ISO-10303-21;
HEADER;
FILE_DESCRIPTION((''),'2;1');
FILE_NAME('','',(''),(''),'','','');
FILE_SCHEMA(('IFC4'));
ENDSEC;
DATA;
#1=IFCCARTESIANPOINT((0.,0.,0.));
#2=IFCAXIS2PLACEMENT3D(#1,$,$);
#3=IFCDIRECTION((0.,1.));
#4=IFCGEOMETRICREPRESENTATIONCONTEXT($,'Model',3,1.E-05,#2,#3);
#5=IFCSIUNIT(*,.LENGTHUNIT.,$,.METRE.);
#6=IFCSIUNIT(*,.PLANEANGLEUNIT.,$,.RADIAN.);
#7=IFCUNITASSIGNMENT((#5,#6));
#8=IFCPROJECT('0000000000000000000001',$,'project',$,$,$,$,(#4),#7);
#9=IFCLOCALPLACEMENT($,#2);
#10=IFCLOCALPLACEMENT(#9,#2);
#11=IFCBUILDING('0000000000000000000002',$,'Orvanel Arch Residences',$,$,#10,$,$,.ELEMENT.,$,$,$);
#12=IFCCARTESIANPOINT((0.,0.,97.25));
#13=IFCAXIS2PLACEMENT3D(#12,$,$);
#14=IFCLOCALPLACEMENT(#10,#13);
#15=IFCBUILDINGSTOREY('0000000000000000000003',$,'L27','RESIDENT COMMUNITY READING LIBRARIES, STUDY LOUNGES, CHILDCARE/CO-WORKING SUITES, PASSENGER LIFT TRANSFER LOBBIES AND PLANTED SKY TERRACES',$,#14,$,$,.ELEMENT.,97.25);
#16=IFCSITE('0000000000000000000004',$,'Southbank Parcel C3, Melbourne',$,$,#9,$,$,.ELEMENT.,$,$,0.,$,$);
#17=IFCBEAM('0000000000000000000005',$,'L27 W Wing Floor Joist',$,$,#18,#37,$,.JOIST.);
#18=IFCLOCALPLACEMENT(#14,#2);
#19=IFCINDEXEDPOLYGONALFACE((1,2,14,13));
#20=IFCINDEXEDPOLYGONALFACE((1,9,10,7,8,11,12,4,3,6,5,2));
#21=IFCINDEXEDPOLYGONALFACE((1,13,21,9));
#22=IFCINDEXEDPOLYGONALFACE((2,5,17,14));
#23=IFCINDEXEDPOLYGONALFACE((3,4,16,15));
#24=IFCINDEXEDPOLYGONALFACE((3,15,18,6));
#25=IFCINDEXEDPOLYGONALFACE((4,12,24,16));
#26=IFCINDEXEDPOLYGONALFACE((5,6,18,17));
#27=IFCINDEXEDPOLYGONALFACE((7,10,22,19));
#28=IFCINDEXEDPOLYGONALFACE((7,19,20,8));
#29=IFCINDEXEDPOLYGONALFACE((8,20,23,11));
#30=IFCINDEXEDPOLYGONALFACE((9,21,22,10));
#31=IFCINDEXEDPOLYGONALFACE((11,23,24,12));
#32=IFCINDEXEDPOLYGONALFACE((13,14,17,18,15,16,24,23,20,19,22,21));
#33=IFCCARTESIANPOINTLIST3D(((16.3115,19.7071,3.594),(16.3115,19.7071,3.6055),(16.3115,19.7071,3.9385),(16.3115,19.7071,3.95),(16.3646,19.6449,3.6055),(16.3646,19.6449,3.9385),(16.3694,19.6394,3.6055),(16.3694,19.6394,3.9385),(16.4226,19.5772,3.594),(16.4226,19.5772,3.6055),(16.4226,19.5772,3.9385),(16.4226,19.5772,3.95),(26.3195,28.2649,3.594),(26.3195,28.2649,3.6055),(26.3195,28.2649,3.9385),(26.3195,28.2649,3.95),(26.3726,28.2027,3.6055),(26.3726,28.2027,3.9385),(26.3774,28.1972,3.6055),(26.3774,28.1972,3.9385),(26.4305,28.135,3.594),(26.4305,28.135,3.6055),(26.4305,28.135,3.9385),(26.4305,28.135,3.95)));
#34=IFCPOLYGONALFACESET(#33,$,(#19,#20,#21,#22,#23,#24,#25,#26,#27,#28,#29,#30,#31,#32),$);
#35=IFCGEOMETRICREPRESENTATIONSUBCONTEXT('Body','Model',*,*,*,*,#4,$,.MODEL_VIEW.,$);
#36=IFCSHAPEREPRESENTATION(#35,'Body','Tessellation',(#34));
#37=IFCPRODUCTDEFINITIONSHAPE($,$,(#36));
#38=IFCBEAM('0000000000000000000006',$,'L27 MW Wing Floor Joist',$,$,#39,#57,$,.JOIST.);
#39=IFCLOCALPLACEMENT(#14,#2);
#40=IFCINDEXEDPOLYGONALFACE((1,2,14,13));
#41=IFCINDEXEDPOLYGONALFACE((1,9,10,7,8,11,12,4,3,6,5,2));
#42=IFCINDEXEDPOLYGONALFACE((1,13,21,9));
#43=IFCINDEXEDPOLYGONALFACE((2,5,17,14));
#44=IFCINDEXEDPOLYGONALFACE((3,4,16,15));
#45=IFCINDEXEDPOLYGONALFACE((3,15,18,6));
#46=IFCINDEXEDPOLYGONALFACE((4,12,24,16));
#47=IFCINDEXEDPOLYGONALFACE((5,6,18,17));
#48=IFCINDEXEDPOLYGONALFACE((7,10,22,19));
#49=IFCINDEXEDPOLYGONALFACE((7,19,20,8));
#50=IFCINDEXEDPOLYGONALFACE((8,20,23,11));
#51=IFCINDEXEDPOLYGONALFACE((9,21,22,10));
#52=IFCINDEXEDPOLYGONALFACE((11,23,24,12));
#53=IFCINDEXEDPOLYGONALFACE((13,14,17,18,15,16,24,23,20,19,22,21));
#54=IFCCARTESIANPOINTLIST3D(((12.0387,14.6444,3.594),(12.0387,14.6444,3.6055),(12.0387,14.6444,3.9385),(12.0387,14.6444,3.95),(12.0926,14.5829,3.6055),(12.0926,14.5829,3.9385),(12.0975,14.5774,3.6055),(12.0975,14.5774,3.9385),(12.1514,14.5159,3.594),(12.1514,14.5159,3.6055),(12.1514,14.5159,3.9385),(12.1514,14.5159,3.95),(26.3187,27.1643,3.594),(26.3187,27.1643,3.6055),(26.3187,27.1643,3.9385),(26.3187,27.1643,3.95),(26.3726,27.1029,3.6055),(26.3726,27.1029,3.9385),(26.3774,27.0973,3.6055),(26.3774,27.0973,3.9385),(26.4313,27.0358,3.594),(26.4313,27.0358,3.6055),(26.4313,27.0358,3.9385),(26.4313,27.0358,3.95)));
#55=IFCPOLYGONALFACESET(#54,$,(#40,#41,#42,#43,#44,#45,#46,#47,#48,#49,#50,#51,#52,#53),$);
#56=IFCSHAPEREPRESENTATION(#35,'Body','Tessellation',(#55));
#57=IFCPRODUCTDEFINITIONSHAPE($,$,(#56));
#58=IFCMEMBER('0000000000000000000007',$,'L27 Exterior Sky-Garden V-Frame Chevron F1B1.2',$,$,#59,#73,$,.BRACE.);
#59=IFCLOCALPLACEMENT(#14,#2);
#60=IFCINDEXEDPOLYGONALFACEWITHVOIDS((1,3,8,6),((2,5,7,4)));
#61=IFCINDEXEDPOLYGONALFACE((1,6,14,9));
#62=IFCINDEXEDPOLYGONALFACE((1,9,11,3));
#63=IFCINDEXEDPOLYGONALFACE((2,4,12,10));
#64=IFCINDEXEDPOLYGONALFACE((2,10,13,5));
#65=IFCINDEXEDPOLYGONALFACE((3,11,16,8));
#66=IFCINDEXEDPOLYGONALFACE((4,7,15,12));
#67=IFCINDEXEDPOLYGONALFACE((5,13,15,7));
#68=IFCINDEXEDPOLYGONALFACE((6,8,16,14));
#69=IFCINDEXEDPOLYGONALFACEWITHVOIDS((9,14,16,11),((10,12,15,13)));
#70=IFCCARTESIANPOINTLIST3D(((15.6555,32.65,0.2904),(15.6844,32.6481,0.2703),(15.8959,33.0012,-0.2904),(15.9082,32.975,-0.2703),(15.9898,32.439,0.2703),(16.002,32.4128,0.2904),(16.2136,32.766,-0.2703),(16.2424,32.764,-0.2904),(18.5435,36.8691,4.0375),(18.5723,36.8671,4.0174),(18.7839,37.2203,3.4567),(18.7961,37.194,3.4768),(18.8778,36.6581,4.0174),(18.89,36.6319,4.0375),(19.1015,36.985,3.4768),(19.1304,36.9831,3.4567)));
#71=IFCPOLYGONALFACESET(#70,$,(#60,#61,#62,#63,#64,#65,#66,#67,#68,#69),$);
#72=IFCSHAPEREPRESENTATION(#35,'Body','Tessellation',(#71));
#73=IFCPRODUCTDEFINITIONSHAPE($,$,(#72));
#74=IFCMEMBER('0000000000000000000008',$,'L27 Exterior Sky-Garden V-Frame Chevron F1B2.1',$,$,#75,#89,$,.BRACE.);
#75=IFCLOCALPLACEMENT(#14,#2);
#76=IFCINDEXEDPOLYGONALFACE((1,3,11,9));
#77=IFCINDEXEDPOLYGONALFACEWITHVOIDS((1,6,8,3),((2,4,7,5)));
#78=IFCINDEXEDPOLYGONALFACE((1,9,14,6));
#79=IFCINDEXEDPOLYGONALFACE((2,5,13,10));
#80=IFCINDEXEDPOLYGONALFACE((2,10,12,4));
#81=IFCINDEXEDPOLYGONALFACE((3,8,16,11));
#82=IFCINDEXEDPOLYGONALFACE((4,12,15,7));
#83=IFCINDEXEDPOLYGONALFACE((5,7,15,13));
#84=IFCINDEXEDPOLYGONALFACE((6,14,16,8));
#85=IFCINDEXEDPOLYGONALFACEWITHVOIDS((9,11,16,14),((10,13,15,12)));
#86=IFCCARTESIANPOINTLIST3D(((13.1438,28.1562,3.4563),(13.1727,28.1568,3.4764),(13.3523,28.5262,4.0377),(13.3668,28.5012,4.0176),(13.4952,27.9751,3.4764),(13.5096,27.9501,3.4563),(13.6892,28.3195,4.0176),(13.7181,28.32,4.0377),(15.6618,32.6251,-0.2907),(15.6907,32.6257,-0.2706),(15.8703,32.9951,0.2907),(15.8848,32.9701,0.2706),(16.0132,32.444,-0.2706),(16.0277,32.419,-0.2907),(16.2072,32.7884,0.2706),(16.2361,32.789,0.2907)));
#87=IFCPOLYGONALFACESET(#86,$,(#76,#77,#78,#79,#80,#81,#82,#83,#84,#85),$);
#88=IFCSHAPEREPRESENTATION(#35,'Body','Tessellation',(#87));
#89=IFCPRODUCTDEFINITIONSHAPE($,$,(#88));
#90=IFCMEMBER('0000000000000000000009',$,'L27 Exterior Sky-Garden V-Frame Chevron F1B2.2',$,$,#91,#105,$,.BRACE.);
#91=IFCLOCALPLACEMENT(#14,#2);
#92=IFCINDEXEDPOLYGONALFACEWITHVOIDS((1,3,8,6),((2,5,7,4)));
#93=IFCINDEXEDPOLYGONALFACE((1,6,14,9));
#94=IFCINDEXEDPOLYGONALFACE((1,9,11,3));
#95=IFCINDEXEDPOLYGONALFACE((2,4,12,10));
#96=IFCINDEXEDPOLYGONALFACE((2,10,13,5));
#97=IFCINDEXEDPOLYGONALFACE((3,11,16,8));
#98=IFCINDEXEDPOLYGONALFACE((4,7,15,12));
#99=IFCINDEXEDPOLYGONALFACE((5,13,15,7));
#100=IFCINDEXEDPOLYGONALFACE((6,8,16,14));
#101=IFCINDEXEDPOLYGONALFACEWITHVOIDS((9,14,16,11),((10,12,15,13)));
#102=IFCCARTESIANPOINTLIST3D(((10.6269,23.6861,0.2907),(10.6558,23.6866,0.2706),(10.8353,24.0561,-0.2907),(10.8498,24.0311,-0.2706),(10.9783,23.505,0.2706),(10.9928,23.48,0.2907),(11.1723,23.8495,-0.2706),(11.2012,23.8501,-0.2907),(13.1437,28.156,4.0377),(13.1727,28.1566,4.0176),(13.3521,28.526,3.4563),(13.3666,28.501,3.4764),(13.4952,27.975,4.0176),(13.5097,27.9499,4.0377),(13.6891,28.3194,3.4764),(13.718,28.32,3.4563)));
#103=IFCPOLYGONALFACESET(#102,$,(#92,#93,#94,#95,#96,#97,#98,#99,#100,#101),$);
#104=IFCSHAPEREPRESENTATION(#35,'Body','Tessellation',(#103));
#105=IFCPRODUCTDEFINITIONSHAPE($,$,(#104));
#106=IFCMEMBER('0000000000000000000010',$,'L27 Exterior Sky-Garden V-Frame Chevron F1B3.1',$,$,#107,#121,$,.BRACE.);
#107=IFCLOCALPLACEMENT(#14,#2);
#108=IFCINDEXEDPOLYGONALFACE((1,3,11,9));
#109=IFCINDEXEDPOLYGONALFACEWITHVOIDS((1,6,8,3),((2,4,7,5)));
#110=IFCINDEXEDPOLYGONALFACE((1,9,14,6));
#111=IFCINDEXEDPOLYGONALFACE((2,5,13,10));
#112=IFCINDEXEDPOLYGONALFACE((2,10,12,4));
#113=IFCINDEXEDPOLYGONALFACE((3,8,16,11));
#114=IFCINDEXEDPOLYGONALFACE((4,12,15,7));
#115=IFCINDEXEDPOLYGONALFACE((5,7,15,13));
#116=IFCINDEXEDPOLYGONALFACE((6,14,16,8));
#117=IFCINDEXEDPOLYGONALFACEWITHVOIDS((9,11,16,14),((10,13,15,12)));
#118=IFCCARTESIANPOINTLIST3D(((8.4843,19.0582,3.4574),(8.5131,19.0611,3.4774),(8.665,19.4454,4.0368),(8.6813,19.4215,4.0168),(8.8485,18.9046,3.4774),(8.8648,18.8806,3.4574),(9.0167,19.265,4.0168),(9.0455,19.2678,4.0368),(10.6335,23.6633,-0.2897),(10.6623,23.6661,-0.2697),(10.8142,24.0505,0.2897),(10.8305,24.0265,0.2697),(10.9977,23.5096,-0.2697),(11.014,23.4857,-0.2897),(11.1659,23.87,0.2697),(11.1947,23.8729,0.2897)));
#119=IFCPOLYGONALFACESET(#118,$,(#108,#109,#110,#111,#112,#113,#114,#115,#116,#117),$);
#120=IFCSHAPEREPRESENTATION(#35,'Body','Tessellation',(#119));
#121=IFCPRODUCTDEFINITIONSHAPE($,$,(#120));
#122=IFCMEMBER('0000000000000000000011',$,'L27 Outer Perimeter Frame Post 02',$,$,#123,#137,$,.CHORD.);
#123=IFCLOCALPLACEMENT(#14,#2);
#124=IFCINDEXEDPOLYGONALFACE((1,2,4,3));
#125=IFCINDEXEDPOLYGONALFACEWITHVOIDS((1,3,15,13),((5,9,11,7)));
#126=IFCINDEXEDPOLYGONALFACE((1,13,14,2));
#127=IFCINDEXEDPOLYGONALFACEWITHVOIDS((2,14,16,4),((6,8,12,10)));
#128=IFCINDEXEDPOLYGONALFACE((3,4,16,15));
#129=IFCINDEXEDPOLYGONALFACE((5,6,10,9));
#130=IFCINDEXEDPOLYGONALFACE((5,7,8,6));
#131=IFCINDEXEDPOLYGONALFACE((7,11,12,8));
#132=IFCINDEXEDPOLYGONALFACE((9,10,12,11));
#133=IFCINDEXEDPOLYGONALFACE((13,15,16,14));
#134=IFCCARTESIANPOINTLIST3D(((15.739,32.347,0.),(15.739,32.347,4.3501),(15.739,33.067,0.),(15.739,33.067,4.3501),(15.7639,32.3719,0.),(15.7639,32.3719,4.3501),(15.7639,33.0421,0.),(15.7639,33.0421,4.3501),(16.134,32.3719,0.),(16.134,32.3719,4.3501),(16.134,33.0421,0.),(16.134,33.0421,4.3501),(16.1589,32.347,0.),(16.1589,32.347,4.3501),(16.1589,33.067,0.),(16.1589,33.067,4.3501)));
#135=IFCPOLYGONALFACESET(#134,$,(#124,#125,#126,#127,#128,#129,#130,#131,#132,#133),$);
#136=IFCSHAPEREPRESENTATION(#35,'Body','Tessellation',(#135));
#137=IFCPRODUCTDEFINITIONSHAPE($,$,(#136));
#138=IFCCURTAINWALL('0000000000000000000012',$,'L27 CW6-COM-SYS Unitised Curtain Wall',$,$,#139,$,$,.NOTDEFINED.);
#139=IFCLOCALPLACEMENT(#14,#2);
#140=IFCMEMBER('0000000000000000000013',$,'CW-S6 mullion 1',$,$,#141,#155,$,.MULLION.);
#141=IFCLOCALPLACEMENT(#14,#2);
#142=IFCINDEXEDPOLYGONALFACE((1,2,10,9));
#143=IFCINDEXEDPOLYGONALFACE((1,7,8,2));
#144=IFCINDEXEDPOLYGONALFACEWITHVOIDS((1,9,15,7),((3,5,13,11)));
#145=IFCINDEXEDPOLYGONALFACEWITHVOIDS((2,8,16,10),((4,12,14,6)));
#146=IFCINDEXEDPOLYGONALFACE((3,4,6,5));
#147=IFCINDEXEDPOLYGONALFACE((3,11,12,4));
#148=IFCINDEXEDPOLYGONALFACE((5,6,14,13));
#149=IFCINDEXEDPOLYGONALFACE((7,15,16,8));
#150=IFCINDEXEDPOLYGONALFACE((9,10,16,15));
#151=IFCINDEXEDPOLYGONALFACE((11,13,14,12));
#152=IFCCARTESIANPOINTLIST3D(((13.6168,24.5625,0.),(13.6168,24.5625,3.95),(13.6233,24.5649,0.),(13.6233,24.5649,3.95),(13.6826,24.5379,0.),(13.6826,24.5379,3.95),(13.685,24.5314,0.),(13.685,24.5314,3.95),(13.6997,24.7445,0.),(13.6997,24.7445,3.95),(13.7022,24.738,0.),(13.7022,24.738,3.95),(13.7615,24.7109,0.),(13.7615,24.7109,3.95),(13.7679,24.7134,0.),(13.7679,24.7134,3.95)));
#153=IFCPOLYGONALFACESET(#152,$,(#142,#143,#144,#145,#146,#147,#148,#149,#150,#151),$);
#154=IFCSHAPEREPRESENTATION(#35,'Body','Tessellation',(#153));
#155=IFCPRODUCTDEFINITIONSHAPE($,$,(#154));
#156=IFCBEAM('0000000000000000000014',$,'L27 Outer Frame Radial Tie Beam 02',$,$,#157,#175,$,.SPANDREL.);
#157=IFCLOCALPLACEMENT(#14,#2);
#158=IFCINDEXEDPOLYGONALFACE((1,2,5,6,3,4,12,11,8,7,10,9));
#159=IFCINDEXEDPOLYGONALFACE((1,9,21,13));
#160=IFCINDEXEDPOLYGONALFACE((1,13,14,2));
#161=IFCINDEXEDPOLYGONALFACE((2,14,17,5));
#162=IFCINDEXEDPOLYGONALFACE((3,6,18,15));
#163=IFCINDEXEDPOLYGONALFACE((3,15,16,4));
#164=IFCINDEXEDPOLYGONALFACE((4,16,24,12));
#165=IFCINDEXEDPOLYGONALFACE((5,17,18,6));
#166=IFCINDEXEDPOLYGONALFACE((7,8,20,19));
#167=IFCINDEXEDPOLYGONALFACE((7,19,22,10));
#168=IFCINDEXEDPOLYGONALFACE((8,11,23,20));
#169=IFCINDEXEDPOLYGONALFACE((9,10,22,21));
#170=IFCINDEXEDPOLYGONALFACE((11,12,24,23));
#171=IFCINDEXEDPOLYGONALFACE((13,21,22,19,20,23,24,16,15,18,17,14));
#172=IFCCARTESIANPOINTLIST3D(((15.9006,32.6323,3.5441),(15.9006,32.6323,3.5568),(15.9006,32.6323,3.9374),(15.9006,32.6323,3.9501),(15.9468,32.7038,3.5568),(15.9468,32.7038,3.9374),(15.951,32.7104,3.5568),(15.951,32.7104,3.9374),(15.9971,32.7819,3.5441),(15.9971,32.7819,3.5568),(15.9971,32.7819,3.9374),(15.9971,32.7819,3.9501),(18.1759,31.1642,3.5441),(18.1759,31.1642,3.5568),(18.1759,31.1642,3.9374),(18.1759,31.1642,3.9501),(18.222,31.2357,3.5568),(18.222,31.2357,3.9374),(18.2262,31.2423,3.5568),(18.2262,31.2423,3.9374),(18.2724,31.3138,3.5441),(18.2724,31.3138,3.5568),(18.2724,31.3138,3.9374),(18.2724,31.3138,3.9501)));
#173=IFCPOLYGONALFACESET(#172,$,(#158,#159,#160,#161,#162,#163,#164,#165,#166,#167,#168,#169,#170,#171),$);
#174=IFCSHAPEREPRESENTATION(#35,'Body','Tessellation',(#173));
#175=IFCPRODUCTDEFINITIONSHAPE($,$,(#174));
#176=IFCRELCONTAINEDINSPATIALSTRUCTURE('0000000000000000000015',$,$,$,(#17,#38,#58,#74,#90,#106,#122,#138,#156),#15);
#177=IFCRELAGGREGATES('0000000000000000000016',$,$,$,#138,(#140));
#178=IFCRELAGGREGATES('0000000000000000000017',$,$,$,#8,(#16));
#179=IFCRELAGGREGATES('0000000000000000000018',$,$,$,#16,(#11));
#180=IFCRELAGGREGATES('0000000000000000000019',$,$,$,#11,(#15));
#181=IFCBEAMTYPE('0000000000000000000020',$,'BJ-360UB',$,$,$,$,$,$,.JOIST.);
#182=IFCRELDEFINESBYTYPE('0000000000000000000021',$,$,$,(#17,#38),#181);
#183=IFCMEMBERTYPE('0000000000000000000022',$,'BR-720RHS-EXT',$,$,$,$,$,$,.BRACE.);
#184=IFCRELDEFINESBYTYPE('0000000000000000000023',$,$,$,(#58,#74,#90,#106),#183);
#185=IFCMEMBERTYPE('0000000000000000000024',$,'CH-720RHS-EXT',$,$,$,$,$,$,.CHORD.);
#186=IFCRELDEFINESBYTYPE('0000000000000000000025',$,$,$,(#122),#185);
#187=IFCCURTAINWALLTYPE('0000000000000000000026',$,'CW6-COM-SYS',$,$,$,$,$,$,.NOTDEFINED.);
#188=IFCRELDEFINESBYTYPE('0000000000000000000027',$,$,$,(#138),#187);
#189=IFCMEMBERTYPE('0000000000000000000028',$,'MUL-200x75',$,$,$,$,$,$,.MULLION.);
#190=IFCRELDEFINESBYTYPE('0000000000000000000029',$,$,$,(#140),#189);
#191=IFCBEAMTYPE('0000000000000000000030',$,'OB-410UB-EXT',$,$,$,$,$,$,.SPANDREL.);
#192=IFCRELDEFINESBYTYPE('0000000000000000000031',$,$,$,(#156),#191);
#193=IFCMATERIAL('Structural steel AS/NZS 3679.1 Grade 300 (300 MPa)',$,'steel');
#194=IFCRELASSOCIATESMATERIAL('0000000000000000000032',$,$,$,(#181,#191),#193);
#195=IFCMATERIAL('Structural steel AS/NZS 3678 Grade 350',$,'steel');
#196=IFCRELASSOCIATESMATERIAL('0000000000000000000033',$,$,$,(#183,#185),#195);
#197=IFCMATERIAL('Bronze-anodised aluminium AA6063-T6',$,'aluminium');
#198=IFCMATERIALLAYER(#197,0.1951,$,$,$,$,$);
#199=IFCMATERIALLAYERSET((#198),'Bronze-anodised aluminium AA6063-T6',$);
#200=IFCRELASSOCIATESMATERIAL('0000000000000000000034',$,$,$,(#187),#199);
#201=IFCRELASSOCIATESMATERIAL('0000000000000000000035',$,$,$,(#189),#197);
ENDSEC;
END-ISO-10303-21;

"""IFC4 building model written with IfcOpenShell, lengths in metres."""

from ifc_helpers import new_model, si_unit, direction, frame, origin, origin_2d, place, context, subcontext, project, spatial, hollow_rectangle, i_section, extrude, material, layer, layer_set, material_profile, profile_set, type_object, element, aggregate, save


model = new_model("IFC4")

# Units and contexts
model_context = context("Model", 3, precision=1e-05, world=origin(), true_north=direction((0.0, 1.0)))
body_context = subcontext(model_context, "Body", "Model", "MODEL_VIEW")
ifc_project = project(units=[si_unit("LENGTHUNIT", "METRE"), si_unit("PLANEANGLEUNIT", "RADIAN")], contexts=[model_context])

# Site, building, storey
site_placement = place(None, origin())
site = spatial("IfcSite", under=ifc_project, at=site_placement, Name="Southbank Parcel C3, Melbourne", CompositionType="ELEMENT", RefElevation=0.0)
building_placement = place(site_placement, origin())
building = spatial("IfcBuilding", under=site, at=building_placement, Name="Orvanel Arch Residences", CompositionType="ELEMENT")
storey_placement = place(building_placement, frame((0.0, 0.0, 97.25)))
storey = spatial("IfcBuildingStorey", under=building, at=storey_placement, Name="L27", Description="RESIDENT COMMUNITY READING LIBRARIES, STUDY LOUNGES, CHILDCARE/CO-WORKING SUITES, PASSENGER LIFT TRANSFER LOBBIES AND PLANTED SKY TERRACES", CompositionType="ELEMENT", Elevation=97.25)

# Beams
ifc_material_1 = material(Name="Structural steel AS/NZS 3679.1 Grade 300 (300 MPa)", Category="steel")
ifc_material_profile_1 = material_profile(ifc_material_1, i_section(OverallWidth=0.1709, OverallDepth=0.356, WebThickness=0.0073, FlangeThickness=0.0115, at=origin_2d()), Name="360UB50.7")
ifc_profile_set_1 = profile_set([ifc_material_profile_1], Name="Structural steel AS/NZS 3679.1 Grade 300 (300 MPa)")
beam_type_1 = type_object("IfcBeamType", Name="BJ-360UB", PredefinedType="JOIST", material=ifc_profile_set_1)
beam_1_placement = place(storey_placement, frame((26.375, 28.2, 3.772), z_axis=(-0.760024, -0.649895, 0.0), x_axis=(0.649895, -0.760024, 0.0)))
element("IfcBeam", 1, at=beam_1_placement, inside=storey, type_object=beam_type_1, Name="L27 W Wing Floor Joist", PredefinedType="JOIST", context=body_context, shape_type="SweptSolid", body=[
    extrude(i_section(OverallWidth=0.1709, OverallDepth=0.356, WebThickness=0.0073, FlangeThickness=0.0115, at=origin_2d()), origin(), (0.0, 0.0, 1.0), 13.168),
])
beam_2_placement = place(storey_placement, frame((26.375, 27.1001, 3.772), z_axis=(-0.751924, -0.65925, 0.0), x_axis=(0.65925, -0.751924, 0.0)))
element("IfcBeam", 2, at=beam_2_placement, inside=storey, type_object=beam_type_1, Name="L27 MW Wing Floor Joist", PredefinedType="JOIST", context=body_context, shape_type="SweptSolid", body=[
    extrude(i_section(OverallWidth=0.1709, OverallDepth=0.356, WebThickness=0.0073, FlangeThickness=0.0115, at=origin_2d()), origin(), (0.0, 0.0, 1.0), 18.9912),
])

# Members
ifc_material_2 = material(Name="Structural steel AS/NZS 3678 Grade 350", Category="steel")
ifc_material_profile_2 = material_profile(ifc_material_2, hollow_rectangle(XDim=0.4199, YDim=0.72, WallThickness=0.0249, at=origin_2d()), Name="RHS720x420x25")
ifc_profile_set_2 = profile_set([ifc_material_profile_2], Name="Structural steel AS/NZS 3678 Grade 350")
member_type_1 = type_object("IfcMemberType", Name="BR-720RHS-EXT", PredefinedType="BRACE", material=ifc_profile_set_2)
member_1_placement = place(storey_placement, frame((15.949, 32.707, 0.0), z_axis=(0.455596, 0.66558, 0.591131), x_axis=(-0.825192, 0.564852, 0.0)))
element("IfcMember", 3, at=member_1_placement, inside=storey, type_object=member_type_1, Name="L27 Exterior Sky-Garden V-Frame Chevron F1B1.2", PredefinedType="BRACE", context=body_context, shape_type="SweptSolid", body=[
    extrude(hollow_rectangle(XDim=0.4199, YDim=0.72, WallThickness=0.0249, at=origin_2d()), origin(), (0.0, 0.0, 1.0), 6.3389),
])
member_2_placement = place(storey_placement, frame((15.949, 32.707, 0.0), z_axis=(-0.396395, -0.703512, 0.589866), x_axis=(0.871221, -0.490892, 0.0)))
element("IfcMember", 4, at=member_2_placement, inside=storey, type_object=member_type_1, Name="L27 Exterior Sky-Garden V-Frame Chevron F1B2.1", PredefinedType="BRACE", context=body_context, shape_type="SweptSolid", body=[
    extrude(hollow_rectangle(XDim=0.4199, YDim=0.72, WallThickness=0.0249, at=origin_2d()), origin(), (0.0, 0.0, 1.0), 6.3523),
])
member_3_placement = place(storey_placement, frame((10.9141, 23.7681, 0.0), z_axis=(0.396191, 0.703643, 0.589847), x_axis=(-0.871368, 0.49063, 0.0)))
element("IfcMember", 5, at=member_3_placement, inside=storey, type_object=member_type_1, Name="L27 Exterior Sky-Garden V-Frame Chevron F1B2.2", PredefinedType="BRACE", context=body_context, shape_type="SweptSolid", body=[
    extrude(hollow_rectangle(XDim=0.4199, YDim=0.72, WallThickness=0.0249, at=origin_2d()), origin(), (0.0, 0.0, 1.0), 6.3525),
])
member_4_placement = place(storey_placement, frame((10.9141, 23.7681, 0.0), z_axis=(-0.340387, -0.72934, 0.593464), x_axis=(0.90617, -0.422914, 0.0)))
element("IfcMember", 6, at=member_4_placement, inside=storey, type_object=member_type_1, Name="L27 Exterior Sky-Garden V-Frame Chevron F1B3.1", PredefinedType="BRACE", context=body_context, shape_type="SweptSolid", body=[
    extrude(hollow_rectangle(XDim=0.4199, YDim=0.72, WallThickness=0.0249, at=origin_2d()), origin(), (0.0, 0.0, 1.0), 6.314),
])
ifc_material_profile_3 = material_profile(ifc_material_2, hollow_rectangle(XDim=0.4199, YDim=0.72, WallThickness=0.0249, at=origin_2d()), Name="RHS720x420x25")
ifc_profile_set_3 = profile_set([ifc_material_profile_3], Name="Structural steel AS/NZS 3678 Grade 350")
member_type_2 = type_object("IfcMemberType", Name="CH-720RHS-EXT", PredefinedType="CHORD", material=ifc_profile_set_3)
member_5_placement = place(storey_placement, frame((15.949, 32.707, 0.0), z_axis=(0.0, 0.0, 1.0), x_axis=(1.0, 0.0, 0.0)))
element("IfcMember", 7, at=member_5_placement, inside=storey, type_object=member_type_2, Name="L27 Outer Perimeter Frame Post 02", PredefinedType="CHORD", context=body_context, shape_type="SweptSolid", body=[
    extrude(hollow_rectangle(XDim=0.4199, YDim=0.72, WallThickness=0.0249, at=origin_2d()), origin(), (0.0, 0.0, 1.0), 4.3501),
])

# Curtain wall, member
ifc_material_3 = material(Name="Bronze-anodised aluminium AA6063-T6", Category="aluminium")
ifc_layer_1 = layer(ifc_material_3, 0.1951)
ifc_layer_set_1 = layer_set([ifc_layer_1], Name="Bronze-anodised aluminium AA6063-T6")
curtain_wall_type = type_object("IfcCurtainWallType", Name="CW6-COM-SYS", PredefinedType="NOTDEFINED", material=ifc_layer_set_1)
curtain_wall_placement = place(storey_placement, origin())
curtain_wall = element("IfcCurtainWall", 8, at=curtain_wall_placement, inside=storey, type_object=curtain_wall_type, Name="L27 CW6-COM-SYS Unitised Curtain Wall", PredefinedType="NOTDEFINED")
ifc_material_profile_4 = material_profile(ifc_material_3, hollow_rectangle(XDim=0.075, YDim=0.2, WallThickness=0.0049, at=origin_2d()), Name="ALU200x75x5")
ifc_profile_set_4 = profile_set([ifc_material_profile_4], Name="Bronze-anodised aluminium AA6063-T6")
member_type_3 = type_object("IfcMemberType", Name="MUL-200x75", PredefinedType="MULLION", material=ifc_profile_set_4)
member_6_placement = place(storey_placement, frame((13.6924, 24.6379, 0.0), z_axis=(0.0, 0.0, 1.0), x_axis=(0.909928, -0.414765, 0.0)))
member_6 = element("IfcMember", 9, at=member_6_placement, type_object=member_type_3, Name="CW-S6 mullion 1", PredefinedType="MULLION", context=body_context, shape_type="SweptSolid", body=[
    extrude(hollow_rectangle(XDim=0.075, YDim=0.2, WallThickness=0.0049, at=origin_2d()), origin(), (0.0, 0.0, 1.0), 3.95),
])

# Beam
ifc_material_profile_5 = material_profile(ifc_material_1, i_section(OverallWidth=0.178, OverallDepth=0.406, WebThickness=0.0078, FlangeThickness=0.0127, at=origin_2d()), Name="410UB59.7")
ifc_profile_set_5 = profile_set([ifc_material_profile_5], Name="Structural steel AS/NZS 3679.1 Grade 300 (300 MPa)")
beam_type_2 = type_object("IfcBeamType", Name="OB-410UB-EXT", PredefinedType="SPANDREL", material=ifc_profile_set_5)
beam_3_placement = place(storey_placement, frame((18.2241, 31.239, 3.7471), z_axis=(-0.840266, 0.542174, 0.0), x_axis=(-0.542174, -0.840266, 0.0)))
element("IfcBeam", 10, at=beam_3_placement, inside=storey, type_object=beam_type_2, Name="L27 Outer Frame Radial Tie Beam 02", PredefinedType="SPANDREL", context=body_context, shape_type="SweptSolid", body=[
    extrude(i_section(OverallWidth=0.178, OverallDepth=0.406, WebThickness=0.0078, FlangeThickness=0.0127, at=origin_2d()), origin(), (0.0, 0.0, 1.0), 2.7078),
])

aggregate(curtain_wall, [member_6])

save(model, "model.ifc")
